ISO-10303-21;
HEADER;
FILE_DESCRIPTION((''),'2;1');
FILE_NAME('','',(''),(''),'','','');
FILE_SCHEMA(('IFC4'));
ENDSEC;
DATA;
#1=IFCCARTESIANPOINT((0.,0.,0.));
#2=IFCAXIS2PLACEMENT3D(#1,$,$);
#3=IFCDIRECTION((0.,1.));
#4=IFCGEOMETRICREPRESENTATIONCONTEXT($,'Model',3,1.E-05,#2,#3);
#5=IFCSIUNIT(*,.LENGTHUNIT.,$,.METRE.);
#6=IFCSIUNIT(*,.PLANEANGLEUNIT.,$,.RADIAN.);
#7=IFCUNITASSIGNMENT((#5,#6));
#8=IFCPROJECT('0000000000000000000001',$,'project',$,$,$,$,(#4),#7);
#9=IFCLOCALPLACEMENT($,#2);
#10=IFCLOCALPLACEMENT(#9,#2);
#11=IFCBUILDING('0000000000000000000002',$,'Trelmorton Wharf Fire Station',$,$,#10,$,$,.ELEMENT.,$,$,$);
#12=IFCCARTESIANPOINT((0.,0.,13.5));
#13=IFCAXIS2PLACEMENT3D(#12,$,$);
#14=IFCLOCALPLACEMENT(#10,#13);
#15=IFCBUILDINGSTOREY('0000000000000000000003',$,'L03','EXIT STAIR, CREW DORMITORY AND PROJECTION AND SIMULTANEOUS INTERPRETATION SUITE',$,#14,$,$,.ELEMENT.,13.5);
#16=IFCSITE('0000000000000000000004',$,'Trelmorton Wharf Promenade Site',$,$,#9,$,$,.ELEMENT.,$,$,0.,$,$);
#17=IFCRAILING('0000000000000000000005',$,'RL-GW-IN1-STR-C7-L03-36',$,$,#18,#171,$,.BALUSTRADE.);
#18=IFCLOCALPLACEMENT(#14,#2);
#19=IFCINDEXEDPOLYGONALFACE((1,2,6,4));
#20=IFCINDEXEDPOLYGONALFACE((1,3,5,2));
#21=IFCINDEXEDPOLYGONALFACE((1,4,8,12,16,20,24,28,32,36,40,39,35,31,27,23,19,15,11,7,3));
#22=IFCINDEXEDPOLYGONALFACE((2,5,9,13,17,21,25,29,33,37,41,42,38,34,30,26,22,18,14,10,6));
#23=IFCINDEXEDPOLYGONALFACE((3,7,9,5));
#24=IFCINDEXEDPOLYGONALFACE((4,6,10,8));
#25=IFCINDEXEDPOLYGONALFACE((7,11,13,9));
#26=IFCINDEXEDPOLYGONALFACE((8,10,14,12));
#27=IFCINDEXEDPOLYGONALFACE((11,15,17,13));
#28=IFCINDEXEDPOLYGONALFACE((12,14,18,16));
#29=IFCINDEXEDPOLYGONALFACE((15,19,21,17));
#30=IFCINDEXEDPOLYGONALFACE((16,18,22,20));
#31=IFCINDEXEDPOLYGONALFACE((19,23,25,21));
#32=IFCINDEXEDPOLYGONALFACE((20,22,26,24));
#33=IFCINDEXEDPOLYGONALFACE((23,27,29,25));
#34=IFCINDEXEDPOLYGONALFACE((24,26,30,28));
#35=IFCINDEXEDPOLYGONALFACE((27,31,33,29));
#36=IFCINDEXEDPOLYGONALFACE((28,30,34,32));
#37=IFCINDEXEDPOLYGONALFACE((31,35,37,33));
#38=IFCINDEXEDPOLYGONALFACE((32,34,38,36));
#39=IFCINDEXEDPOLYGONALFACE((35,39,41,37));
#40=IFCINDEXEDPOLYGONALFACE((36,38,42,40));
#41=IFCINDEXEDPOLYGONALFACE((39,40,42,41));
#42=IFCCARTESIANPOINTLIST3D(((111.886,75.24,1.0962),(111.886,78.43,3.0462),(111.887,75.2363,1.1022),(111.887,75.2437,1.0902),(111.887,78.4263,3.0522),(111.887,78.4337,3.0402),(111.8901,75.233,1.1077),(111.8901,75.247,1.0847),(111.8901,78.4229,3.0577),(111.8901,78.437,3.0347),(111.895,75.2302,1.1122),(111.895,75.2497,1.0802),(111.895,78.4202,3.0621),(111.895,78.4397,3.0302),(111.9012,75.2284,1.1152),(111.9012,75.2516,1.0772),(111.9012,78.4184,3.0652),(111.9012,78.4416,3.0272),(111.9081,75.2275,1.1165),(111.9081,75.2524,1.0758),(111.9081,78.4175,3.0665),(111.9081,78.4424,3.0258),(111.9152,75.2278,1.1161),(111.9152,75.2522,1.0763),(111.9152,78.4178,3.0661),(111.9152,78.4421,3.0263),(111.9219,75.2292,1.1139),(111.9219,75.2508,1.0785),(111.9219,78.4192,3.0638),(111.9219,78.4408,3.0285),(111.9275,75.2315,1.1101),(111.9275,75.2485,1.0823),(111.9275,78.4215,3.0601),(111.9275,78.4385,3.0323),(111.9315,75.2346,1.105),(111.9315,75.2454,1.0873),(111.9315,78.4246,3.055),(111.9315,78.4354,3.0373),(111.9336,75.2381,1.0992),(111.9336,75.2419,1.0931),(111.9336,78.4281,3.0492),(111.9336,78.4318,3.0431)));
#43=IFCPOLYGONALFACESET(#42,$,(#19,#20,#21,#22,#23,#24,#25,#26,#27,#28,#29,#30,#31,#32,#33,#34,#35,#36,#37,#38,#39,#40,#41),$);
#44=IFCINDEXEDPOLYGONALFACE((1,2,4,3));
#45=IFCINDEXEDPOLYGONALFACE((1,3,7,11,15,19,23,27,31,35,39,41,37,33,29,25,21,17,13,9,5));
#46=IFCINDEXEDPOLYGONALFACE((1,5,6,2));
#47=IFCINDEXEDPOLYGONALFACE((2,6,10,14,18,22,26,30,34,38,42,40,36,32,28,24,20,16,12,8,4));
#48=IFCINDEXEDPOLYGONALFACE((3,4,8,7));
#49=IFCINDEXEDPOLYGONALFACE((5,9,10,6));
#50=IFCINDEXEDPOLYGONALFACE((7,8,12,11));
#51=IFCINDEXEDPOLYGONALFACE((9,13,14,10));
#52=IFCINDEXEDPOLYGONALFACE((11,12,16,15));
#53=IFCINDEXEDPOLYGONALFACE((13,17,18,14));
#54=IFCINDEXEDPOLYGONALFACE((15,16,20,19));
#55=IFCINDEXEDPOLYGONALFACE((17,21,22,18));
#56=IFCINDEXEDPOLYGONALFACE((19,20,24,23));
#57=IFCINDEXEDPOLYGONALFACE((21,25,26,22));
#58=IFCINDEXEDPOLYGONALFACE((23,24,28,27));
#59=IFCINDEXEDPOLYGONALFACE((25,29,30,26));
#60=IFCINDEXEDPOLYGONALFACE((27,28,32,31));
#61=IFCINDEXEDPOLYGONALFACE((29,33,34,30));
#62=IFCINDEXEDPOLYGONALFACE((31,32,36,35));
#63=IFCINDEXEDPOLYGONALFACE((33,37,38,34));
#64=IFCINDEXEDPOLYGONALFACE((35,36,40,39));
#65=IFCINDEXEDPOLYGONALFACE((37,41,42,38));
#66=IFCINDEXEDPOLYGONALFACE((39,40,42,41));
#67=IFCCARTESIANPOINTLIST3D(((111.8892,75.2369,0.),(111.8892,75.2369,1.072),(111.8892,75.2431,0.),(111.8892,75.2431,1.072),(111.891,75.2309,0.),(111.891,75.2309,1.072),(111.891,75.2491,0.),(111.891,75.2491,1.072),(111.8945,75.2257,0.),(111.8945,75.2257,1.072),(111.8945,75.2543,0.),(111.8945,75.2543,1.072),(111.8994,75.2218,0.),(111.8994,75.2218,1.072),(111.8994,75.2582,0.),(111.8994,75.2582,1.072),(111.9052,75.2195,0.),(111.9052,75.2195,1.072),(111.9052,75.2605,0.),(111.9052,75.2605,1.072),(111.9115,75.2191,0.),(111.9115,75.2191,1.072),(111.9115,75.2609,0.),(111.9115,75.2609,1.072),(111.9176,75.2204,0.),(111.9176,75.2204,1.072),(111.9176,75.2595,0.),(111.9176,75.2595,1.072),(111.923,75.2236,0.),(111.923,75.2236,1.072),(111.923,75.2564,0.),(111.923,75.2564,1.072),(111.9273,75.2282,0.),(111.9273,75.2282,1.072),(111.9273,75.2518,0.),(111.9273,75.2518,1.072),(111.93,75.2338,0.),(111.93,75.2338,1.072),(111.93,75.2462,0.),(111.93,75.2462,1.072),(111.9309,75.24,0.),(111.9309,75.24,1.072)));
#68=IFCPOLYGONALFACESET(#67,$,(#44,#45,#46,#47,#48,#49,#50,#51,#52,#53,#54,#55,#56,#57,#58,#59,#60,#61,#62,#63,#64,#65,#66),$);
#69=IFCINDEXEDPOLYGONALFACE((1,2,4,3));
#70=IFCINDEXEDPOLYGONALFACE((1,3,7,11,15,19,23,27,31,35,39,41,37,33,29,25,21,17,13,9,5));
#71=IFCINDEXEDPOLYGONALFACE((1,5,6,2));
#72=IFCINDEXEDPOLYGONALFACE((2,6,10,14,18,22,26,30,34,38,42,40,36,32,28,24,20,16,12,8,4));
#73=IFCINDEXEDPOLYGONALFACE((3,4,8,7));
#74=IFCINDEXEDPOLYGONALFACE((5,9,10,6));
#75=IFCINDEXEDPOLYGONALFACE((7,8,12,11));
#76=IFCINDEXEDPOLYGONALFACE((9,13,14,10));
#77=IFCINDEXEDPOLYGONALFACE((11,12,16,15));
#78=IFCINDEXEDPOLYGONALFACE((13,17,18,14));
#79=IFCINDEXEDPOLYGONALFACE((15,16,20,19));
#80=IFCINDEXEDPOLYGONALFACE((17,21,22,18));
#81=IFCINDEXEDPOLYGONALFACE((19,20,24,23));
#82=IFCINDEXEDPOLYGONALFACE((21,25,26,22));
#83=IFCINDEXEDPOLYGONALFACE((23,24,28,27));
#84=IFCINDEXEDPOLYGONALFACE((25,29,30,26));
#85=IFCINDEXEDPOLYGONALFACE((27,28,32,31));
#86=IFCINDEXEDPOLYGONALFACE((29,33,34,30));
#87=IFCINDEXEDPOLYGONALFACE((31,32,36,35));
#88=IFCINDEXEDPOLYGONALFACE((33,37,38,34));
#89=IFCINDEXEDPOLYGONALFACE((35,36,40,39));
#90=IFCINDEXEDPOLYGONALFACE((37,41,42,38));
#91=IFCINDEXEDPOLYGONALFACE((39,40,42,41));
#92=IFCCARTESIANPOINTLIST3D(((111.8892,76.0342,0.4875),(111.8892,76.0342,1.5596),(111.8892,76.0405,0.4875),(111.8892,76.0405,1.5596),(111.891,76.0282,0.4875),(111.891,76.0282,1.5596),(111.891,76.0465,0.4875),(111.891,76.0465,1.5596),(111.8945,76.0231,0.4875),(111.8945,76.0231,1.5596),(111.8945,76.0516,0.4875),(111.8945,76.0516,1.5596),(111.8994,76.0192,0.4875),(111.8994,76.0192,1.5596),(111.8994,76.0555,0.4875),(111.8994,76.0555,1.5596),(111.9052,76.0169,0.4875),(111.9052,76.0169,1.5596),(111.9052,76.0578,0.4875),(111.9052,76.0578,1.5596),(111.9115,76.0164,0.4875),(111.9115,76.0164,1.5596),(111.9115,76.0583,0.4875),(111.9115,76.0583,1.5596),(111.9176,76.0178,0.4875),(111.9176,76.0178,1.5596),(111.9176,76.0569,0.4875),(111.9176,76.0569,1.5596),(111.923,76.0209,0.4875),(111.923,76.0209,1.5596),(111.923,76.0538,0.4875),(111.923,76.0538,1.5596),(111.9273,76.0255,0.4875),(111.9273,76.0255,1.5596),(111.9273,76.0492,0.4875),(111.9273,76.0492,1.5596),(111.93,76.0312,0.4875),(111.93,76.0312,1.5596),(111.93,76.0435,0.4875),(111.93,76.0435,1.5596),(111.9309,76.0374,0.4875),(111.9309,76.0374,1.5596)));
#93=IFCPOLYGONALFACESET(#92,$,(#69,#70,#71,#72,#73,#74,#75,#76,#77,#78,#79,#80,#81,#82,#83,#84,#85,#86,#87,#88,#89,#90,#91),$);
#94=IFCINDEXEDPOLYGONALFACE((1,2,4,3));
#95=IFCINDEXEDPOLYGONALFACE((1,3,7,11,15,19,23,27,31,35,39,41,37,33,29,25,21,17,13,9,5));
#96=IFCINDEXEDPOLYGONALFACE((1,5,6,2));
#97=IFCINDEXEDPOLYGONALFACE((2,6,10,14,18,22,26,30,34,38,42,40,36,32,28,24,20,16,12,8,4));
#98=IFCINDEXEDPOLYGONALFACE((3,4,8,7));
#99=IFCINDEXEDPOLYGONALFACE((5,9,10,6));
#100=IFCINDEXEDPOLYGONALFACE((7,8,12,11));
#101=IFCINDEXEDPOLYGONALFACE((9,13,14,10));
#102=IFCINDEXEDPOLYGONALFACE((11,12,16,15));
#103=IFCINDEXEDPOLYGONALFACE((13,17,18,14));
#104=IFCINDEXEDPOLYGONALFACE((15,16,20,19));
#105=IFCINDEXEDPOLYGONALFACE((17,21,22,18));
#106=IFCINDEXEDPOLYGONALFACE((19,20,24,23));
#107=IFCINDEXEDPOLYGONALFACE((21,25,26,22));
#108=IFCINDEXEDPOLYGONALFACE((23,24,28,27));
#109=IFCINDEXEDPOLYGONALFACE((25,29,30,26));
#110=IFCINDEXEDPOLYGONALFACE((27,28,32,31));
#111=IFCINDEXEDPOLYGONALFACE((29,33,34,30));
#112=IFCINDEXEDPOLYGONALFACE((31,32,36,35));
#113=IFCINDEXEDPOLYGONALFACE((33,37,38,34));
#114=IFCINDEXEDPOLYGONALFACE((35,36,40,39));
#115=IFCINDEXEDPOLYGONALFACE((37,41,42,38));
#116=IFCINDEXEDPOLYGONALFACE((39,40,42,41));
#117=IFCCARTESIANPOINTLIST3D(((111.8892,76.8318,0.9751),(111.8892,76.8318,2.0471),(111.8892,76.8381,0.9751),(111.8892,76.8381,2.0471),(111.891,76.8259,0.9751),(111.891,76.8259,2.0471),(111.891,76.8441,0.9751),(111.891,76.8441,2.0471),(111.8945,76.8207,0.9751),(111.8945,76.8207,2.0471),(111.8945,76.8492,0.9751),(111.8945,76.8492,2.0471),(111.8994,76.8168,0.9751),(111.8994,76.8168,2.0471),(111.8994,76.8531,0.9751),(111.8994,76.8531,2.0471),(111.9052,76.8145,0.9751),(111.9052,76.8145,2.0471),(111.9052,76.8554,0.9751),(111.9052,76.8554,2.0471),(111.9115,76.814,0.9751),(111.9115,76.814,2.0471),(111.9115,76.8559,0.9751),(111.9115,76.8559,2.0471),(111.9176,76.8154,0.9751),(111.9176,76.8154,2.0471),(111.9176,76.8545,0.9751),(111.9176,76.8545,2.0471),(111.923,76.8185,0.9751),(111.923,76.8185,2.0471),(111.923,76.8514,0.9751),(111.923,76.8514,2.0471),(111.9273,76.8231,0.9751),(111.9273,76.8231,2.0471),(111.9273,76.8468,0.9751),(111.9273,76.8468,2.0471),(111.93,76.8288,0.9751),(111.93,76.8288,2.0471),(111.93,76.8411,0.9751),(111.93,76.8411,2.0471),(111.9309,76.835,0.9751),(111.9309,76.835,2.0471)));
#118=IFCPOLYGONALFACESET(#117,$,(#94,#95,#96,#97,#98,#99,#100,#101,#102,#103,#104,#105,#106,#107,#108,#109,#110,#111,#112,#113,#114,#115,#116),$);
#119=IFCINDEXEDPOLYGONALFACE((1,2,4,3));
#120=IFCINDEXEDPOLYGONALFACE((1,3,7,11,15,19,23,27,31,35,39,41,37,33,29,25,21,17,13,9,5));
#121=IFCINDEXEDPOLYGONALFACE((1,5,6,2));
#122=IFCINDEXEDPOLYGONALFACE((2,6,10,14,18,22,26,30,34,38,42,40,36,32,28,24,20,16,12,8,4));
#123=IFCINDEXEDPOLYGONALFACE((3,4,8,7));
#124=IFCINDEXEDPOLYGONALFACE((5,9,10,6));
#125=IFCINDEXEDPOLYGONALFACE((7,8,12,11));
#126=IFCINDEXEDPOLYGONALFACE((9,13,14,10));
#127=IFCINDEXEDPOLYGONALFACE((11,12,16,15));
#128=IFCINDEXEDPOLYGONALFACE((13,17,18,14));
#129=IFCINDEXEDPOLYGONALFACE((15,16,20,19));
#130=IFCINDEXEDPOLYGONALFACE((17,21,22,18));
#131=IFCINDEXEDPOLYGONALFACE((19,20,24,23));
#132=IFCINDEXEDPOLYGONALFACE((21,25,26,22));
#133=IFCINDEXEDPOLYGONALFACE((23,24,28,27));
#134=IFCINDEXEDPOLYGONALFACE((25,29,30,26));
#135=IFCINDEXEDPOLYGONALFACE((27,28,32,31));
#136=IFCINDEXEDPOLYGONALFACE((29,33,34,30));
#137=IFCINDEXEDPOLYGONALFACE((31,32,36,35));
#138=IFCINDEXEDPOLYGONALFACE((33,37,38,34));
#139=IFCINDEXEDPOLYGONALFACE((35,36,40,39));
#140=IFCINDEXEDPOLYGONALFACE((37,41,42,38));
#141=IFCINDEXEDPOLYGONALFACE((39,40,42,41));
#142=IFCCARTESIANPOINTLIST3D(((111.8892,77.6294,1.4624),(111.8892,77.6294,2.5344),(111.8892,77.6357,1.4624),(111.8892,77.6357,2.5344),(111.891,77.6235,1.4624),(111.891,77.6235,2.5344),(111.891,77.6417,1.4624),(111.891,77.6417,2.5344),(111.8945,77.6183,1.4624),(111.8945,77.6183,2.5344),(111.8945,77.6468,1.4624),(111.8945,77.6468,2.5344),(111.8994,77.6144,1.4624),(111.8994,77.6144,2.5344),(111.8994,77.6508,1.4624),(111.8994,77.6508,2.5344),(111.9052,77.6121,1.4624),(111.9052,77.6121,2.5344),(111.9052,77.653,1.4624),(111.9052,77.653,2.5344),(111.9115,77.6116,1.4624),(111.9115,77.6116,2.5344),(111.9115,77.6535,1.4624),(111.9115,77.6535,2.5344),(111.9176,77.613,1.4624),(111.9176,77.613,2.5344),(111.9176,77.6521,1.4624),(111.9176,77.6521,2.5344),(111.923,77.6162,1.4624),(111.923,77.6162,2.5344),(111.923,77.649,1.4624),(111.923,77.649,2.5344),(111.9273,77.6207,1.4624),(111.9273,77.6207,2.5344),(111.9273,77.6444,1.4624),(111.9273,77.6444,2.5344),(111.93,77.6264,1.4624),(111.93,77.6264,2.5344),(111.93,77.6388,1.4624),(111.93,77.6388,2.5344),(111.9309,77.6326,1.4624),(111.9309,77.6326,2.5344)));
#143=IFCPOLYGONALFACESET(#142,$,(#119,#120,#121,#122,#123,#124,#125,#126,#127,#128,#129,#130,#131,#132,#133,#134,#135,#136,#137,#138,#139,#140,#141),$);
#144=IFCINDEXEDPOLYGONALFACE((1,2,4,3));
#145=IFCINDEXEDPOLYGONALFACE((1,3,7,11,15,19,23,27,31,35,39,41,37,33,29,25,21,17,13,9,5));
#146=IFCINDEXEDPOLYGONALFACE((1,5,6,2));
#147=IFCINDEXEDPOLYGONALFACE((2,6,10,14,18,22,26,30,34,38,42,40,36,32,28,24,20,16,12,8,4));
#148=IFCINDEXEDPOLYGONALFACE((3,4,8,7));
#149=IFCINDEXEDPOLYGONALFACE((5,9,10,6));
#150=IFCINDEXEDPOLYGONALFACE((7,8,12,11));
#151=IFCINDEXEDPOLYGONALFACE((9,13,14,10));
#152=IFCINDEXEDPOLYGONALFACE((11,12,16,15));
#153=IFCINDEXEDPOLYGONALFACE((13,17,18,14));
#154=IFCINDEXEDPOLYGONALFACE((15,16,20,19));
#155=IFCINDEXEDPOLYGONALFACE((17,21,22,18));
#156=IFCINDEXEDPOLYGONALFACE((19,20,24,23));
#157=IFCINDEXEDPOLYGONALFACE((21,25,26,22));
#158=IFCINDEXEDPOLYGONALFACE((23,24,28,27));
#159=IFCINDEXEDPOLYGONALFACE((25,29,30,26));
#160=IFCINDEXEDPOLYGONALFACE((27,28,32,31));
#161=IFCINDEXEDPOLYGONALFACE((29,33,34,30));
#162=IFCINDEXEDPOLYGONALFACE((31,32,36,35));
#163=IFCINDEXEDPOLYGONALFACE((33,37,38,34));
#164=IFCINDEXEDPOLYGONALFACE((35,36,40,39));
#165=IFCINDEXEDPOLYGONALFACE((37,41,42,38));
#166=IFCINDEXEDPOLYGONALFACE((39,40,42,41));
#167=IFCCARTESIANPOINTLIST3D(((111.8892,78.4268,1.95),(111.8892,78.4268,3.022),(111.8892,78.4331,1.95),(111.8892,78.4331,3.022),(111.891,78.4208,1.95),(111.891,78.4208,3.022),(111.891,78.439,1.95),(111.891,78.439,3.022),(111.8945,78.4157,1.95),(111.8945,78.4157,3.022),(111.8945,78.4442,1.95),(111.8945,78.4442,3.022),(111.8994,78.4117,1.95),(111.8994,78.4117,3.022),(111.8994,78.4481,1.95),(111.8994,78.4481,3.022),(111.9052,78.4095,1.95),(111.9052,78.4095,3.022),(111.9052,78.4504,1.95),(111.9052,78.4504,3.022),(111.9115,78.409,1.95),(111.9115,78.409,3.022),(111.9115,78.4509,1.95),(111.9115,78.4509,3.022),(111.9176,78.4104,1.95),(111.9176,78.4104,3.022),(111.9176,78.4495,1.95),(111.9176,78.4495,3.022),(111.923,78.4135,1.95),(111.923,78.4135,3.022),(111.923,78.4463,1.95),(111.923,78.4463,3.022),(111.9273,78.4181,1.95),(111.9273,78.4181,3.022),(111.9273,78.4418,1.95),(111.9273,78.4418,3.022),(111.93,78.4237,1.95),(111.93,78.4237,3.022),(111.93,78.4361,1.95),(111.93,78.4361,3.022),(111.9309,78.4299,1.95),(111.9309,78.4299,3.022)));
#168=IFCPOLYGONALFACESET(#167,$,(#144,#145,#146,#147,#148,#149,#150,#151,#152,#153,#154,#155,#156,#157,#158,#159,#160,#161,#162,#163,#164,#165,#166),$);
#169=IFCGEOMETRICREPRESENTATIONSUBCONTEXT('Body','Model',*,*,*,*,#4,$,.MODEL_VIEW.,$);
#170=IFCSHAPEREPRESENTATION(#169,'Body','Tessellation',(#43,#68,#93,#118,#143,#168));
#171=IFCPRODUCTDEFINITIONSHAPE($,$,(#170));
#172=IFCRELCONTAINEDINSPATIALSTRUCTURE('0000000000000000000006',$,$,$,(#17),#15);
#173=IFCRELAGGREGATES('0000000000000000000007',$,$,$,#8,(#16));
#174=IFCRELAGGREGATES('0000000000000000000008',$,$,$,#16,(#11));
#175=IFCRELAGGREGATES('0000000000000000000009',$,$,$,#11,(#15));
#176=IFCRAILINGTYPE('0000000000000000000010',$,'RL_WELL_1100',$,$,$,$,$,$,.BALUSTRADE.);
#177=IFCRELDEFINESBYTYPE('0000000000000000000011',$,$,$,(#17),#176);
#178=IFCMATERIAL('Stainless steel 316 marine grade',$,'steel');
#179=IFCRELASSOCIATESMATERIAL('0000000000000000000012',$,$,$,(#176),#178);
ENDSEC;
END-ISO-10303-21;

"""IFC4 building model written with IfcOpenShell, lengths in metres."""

from ifc_helpers import new_model, si_unit, direction, frame, origin, origin_2d, place, context, subcontext, project, spatial, circle, extrude, material, type_object, element, save


model = new_model("IFC4")

# Units and contexts
model_context = context("Model", 3, precision=1e-05, world=origin(), true_north=direction((0.0, 1.0)))
body_context = subcontext(model_context, "Body", "Model", "MODEL_VIEW")
ifc_project = project(units=[si_unit("LENGTHUNIT", "METRE"), si_unit("PLANEANGLEUNIT", "RADIAN")], contexts=[model_context])

# Site, building, storey
site_placement = place(None, origin())
site = spatial("IfcSite", under=ifc_project, at=site_placement, Name="Trelmorton Wharf Promenade Site", CompositionType="ELEMENT", RefElevation=0.0)
building_placement = place(site_placement, origin())
building = spatial("IfcBuilding", under=site, at=building_placement, Name="Trelmorton Wharf Fire Station", CompositionType="ELEMENT")
storey_placement = place(building_placement, frame((0.0, 0.0, 13.5)))
storey = spatial("IfcBuildingStorey", under=building, at=storey_placement, Name="L03", Description="EXIT STAIR, CREW DORMITORY AND PROJECTION AND SIMULTANEOUS INTERPRETATION SUITE", CompositionType="ELEMENT", Elevation=13.5)

# Shared definitions
ifc_material_1 = material(Name="Stainless steel 316 marine grade", Category="steel")

# Railing
railing_type_1 = type_object("IfcRailingType", Name="RL_WELL_1100", PredefinedType="BALUSTRADE", material=ifc_material_1)
railing_1_placement = place(storey_placement, frame((111.9099, 75.24, 0.0)))
element("IfcRailing", 1, at=railing_1_placement, inside=storey, type_object=railing_type_1, Name="RL-GW-IN1-STR-C7-L03-36", PredefinedType="BALUSTRADE", context=body_context, shape_type="SweptSolid", body=[
    extrude(circle(Radius=0.0239, at=origin_2d()), frame((0.0, 0.0, 1.0962), z_axis=(0.0, 0.853217, 0.521556), x_axis=(-1.0, 0.0, 0.0)), (0.0, 0.0, 1.0), 3.7388),
    extrude(circle(Radius=0.021, at=origin_2d()), origin(), (0.0, 0.0, 1.0), 1.072),
    extrude(circle(Radius=0.021, at=origin_2d()), frame((0.0, 0.7974, 0.4875)), (0.0, 0.0, 1.0), 1.072),
    extrude(circle(Radius=0.021, at=origin_2d()), frame((0.0, 1.595, 0.9751)), (0.0, 0.0, 1.0), 1.072),
    extrude(circle(Radius=0.021, at=origin_2d()), frame((0.0, 2.3926, 1.4624)), (0.0, 0.0, 1.0), 1.072),
    extrude(circle(Radius=0.021, at=origin_2d()), frame((0.0, 3.1899, 1.95)), (0.0, 0.0, 1.0), 1.072),
])

save(model, "model.ifc")
